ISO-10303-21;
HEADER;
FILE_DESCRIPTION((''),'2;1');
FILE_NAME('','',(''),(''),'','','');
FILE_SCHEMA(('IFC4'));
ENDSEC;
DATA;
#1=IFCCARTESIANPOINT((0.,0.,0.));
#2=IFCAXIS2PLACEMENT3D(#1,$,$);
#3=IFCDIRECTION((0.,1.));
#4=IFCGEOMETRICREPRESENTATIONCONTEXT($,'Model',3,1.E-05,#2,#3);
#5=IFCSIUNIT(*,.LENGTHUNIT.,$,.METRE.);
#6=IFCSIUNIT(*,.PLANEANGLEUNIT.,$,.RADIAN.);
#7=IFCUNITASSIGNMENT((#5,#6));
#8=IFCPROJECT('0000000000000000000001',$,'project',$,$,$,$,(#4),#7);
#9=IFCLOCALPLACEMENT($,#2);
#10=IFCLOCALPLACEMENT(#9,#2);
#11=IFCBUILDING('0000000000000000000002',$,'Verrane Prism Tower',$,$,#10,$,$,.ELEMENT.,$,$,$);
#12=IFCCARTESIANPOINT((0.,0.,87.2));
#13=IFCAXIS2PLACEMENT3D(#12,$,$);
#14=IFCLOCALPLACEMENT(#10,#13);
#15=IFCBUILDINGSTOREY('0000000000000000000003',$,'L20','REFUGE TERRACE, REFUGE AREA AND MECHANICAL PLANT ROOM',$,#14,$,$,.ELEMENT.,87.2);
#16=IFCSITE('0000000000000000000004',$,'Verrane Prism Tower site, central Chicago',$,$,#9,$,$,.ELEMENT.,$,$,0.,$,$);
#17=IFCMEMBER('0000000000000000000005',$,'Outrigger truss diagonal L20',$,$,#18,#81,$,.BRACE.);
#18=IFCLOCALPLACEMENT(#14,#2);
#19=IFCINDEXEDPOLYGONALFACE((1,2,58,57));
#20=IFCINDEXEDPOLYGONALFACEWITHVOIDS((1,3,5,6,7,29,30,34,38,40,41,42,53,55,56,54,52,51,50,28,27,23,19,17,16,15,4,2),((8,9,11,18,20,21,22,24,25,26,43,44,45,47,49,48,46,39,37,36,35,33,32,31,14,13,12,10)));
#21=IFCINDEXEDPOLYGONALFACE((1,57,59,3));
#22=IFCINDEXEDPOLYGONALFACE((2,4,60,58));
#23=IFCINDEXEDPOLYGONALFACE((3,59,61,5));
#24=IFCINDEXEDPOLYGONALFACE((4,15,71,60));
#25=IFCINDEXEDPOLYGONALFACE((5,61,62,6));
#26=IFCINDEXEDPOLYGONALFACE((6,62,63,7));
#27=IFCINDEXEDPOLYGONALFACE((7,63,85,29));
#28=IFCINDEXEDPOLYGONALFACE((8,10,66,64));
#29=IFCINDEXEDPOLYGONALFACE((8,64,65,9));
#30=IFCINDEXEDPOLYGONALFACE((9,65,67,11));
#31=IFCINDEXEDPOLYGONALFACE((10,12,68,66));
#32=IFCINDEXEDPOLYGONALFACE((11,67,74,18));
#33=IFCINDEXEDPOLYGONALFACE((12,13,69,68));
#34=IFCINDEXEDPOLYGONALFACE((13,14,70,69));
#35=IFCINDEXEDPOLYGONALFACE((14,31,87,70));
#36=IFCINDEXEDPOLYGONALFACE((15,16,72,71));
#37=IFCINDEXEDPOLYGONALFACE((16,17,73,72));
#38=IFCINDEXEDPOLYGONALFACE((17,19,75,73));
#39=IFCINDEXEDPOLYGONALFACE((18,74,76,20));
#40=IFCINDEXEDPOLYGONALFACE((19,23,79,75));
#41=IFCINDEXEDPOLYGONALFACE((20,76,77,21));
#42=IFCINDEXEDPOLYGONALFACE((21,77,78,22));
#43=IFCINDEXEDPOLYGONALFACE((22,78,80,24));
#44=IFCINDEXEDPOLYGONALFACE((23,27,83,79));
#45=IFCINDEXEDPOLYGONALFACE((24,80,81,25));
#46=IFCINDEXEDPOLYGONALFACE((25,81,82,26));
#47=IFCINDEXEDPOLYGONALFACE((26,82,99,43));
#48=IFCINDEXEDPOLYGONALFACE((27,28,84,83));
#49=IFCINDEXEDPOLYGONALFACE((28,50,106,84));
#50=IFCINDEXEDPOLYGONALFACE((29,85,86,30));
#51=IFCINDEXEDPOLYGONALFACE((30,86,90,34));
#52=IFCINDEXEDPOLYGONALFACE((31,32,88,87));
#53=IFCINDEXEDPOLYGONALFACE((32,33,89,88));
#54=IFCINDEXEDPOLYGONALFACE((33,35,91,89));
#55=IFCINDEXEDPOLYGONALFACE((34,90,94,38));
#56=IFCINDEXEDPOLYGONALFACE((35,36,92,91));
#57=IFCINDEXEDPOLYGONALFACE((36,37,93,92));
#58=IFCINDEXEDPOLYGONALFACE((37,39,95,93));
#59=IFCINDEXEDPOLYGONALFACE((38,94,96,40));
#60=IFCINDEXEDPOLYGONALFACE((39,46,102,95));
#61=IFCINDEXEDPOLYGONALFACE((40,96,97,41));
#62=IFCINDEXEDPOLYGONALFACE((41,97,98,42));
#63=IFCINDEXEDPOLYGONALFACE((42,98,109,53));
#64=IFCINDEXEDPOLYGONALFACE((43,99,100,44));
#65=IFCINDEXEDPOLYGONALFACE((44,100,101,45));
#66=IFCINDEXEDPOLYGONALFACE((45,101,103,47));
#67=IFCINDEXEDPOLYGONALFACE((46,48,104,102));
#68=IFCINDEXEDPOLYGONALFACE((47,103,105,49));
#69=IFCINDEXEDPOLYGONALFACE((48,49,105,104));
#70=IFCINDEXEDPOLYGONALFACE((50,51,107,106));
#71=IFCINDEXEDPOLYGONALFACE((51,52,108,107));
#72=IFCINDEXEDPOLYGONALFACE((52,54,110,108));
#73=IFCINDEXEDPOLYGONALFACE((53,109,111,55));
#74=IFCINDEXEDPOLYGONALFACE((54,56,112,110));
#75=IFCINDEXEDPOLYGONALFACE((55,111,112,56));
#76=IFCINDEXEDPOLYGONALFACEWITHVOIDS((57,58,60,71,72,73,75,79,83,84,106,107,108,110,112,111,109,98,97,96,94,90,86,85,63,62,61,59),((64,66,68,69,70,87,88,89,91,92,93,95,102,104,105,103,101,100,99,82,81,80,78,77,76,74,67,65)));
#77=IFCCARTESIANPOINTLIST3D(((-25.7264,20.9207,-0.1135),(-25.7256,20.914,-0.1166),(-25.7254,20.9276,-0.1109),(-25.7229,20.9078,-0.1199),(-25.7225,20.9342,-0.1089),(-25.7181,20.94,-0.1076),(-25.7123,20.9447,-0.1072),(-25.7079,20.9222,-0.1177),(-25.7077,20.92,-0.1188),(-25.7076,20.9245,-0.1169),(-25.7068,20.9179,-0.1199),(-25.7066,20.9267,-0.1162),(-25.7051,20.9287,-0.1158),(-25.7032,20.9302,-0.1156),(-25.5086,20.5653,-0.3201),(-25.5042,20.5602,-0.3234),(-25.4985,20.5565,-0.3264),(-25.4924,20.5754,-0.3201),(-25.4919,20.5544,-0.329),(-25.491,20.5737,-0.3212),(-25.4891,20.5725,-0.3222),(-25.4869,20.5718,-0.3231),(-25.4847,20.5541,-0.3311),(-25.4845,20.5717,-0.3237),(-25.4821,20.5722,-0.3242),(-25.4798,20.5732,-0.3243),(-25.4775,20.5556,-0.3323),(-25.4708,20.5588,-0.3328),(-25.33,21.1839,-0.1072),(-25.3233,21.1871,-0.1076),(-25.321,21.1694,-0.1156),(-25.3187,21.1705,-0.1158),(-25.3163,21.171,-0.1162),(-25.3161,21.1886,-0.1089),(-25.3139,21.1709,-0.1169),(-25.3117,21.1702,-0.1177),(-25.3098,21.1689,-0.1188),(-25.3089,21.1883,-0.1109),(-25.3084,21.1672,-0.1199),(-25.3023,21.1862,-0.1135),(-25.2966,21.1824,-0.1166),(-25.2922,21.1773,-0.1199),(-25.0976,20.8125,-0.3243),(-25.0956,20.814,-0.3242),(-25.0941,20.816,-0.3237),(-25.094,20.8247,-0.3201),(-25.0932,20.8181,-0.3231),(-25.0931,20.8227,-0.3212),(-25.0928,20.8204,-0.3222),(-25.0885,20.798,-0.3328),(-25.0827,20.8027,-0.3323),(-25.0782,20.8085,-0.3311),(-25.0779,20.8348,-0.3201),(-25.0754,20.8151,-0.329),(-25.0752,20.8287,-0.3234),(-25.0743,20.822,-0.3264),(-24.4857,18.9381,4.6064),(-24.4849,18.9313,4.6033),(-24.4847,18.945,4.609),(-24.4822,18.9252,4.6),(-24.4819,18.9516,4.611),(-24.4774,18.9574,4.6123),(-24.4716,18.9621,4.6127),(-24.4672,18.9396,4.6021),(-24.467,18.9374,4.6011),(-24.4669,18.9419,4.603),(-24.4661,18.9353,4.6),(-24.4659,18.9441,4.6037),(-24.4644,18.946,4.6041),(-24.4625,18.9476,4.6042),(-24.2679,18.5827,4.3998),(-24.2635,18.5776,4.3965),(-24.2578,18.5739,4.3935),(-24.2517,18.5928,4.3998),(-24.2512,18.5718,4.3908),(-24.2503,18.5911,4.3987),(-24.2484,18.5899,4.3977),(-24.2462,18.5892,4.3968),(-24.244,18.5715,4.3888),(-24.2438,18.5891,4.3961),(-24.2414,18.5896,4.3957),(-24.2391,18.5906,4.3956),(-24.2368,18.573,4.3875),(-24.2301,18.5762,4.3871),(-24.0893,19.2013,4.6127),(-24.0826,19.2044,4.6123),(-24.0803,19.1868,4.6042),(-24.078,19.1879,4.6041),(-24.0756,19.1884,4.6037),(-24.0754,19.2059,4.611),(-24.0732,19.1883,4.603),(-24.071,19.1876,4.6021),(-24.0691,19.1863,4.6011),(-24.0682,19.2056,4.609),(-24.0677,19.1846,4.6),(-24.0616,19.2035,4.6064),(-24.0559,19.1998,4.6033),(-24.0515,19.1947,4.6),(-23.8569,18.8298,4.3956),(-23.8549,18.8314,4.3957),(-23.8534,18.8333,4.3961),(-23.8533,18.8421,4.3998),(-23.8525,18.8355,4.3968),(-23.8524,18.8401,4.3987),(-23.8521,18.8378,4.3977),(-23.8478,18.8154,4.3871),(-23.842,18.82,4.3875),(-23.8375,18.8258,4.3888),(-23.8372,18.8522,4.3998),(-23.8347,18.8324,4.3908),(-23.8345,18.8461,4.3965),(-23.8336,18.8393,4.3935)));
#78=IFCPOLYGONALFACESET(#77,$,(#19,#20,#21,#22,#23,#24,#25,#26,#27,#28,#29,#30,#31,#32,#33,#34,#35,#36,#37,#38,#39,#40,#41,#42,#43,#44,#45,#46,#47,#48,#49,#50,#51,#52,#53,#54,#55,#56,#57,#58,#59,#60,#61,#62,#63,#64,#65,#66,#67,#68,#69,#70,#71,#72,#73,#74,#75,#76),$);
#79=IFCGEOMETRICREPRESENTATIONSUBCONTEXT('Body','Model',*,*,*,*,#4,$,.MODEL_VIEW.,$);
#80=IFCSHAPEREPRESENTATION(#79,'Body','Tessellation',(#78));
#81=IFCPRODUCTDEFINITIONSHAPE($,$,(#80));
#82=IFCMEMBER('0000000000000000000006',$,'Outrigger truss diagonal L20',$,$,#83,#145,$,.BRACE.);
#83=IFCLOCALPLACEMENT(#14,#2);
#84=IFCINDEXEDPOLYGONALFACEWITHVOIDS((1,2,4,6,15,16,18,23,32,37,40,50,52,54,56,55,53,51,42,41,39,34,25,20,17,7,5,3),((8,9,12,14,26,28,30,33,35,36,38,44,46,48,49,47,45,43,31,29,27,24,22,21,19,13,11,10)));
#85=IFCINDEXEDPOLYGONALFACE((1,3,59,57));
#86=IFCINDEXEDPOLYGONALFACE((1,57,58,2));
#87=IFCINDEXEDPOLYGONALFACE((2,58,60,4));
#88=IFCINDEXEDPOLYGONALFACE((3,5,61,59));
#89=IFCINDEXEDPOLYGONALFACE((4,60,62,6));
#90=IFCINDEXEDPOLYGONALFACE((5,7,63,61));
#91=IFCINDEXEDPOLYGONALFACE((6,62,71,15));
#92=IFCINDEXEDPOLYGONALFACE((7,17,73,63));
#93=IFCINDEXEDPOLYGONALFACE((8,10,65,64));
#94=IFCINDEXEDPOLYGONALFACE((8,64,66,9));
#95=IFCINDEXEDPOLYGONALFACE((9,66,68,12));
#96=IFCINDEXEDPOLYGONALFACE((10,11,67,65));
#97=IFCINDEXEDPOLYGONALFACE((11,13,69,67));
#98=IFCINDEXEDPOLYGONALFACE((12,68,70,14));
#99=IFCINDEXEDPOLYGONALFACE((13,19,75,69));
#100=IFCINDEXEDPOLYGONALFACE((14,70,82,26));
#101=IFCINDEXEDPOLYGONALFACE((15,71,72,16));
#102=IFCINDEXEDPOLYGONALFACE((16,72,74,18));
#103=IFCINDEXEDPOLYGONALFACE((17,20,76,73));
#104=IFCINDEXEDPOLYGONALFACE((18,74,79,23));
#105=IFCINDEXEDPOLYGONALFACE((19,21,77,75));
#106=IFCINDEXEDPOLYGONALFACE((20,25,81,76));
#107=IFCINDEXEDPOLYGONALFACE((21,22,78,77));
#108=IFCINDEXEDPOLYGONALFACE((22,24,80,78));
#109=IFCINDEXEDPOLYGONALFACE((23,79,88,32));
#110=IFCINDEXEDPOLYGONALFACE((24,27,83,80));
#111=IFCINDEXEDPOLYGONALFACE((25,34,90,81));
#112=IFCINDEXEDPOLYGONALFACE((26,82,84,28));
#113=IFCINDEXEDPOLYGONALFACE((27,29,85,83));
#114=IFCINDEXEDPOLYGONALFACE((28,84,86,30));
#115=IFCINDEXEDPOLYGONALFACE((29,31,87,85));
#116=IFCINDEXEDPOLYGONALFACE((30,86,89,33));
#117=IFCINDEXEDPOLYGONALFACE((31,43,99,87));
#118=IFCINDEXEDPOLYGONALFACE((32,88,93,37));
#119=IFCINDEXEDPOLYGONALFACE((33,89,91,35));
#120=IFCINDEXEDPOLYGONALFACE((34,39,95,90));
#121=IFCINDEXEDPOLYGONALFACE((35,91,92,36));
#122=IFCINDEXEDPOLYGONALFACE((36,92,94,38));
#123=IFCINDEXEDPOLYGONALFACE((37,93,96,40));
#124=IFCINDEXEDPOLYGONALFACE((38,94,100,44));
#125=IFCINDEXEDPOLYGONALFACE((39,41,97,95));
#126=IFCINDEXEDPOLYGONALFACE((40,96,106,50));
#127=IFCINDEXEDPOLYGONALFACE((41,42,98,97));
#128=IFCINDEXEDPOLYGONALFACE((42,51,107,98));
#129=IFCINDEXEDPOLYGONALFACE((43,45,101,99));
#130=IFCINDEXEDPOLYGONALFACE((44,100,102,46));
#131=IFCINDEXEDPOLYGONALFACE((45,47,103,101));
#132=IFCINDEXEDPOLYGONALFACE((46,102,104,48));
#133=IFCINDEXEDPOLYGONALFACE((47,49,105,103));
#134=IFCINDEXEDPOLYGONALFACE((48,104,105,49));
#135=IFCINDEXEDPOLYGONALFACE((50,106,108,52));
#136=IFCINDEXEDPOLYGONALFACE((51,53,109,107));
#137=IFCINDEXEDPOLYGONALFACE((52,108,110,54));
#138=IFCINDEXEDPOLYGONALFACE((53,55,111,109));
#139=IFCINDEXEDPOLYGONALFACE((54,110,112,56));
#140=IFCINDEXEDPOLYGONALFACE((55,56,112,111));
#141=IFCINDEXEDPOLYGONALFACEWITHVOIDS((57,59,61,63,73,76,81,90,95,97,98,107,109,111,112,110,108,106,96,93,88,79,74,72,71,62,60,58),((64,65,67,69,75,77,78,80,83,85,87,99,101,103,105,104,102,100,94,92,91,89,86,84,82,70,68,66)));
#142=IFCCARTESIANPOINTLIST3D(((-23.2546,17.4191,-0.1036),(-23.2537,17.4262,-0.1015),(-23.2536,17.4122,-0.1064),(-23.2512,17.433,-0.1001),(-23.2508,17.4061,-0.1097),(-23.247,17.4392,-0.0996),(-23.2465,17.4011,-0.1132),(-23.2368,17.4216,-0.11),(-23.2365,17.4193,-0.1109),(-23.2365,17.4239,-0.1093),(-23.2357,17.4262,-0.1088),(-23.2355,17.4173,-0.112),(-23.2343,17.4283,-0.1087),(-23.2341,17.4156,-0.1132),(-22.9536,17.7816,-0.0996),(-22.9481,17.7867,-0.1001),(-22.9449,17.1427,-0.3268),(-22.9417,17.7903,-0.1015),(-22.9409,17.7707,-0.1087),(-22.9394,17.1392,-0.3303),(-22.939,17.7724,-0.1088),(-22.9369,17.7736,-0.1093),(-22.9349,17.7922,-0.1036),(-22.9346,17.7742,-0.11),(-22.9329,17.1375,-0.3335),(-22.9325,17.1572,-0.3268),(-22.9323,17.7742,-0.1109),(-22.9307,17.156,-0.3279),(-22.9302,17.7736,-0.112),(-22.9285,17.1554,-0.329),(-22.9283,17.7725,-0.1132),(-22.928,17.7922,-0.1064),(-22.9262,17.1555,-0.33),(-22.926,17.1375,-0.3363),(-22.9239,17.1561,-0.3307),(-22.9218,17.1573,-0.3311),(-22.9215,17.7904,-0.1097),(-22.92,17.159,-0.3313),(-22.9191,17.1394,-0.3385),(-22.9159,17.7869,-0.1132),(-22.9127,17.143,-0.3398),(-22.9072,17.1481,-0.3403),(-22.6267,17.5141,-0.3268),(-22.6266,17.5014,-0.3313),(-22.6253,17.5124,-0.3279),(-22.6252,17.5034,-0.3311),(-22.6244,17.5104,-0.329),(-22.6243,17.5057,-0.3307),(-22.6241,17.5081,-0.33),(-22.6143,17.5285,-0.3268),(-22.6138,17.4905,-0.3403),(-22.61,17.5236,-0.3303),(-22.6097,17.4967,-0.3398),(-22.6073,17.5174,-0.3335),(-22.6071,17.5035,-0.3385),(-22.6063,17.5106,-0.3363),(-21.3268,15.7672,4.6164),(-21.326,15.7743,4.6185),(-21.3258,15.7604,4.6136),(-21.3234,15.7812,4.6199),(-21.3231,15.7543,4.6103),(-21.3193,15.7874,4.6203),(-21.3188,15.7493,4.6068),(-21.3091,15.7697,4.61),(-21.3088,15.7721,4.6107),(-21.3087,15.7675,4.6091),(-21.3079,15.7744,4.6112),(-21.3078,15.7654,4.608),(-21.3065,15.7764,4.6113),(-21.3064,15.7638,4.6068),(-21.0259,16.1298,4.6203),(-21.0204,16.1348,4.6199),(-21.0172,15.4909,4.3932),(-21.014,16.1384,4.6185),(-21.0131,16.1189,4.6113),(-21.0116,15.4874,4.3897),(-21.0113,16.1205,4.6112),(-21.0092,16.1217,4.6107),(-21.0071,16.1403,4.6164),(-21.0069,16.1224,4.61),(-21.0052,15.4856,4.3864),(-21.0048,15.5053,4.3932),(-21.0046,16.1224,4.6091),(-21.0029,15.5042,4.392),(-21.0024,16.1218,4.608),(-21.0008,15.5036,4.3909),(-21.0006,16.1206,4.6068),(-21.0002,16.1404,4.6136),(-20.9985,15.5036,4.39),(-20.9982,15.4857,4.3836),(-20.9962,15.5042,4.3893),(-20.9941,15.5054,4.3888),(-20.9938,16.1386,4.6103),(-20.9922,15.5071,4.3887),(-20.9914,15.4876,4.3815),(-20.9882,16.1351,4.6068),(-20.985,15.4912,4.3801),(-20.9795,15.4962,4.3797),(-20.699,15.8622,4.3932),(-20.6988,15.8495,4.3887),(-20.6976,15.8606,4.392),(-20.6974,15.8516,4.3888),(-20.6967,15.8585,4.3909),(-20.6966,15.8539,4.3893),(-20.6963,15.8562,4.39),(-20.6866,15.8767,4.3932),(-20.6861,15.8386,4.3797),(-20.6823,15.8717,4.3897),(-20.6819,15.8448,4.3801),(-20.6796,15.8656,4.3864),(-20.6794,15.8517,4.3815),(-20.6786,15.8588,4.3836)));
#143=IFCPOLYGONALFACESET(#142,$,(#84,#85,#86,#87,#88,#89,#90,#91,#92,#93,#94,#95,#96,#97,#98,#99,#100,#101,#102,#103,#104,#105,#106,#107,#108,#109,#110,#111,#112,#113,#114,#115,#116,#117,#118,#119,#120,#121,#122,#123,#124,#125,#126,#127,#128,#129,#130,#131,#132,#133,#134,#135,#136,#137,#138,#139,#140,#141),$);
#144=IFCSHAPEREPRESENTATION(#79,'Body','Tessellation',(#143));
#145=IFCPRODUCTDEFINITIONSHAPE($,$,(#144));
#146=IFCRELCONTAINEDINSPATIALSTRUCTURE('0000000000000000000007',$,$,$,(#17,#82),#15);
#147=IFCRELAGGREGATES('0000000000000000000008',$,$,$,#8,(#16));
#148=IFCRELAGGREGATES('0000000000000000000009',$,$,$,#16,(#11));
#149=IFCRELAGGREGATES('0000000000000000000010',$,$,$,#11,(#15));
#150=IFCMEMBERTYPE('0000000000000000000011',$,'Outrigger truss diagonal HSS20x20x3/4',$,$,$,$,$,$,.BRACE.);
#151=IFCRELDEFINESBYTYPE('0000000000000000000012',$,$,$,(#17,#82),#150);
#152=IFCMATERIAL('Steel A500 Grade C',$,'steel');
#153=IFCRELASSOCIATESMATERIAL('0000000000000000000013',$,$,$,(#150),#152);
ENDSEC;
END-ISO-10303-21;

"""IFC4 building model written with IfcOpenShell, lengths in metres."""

from ifc_helpers import new_model, si_unit, direction, frame, origin, origin_2d, place, context, subcontext, project, spatial, hollow_rectangle, extrude, material, material_profile, profile_set, type_object, element, save


model = new_model("IFC4")

# Units and contexts
model_context = context("Model", 3, precision=1e-05, world=origin(), true_north=direction((0.0, 1.0)))
body_context = subcontext(model_context, "Body", "Model", "MODEL_VIEW")
ifc_project = project(units=[si_unit("LENGTHUNIT", "METRE"), si_unit("PLANEANGLEUNIT", "RADIAN")], contexts=[model_context])

# Site, building, storey
site_placement = place(None, origin())
site = spatial("IfcSite", under=ifc_project, at=site_placement, Name="Verrane Prism Tower site, central Chicago", CompositionType="ELEMENT", RefElevation=0.0)
building_placement = place(site_placement, origin())
building = spatial("IfcBuilding", under=site, at=building_placement, Name="Verrane Prism Tower", CompositionType="ELEMENT")
storey_placement = place(building_placement, frame((0.0, 0.0, 87.2)))
storey = spatial("IfcBuildingStorey", under=building, at=storey_placement, Name="L20", Description="REFUGE TERRACE, REFUGE AREA AND MECHANICAL PLANT ROOM", CompositionType="ELEMENT", Elevation=87.2)

# Members
ifc_material_1 = material(Name="Steel A500 Grade C", Category="steel")
ifc_material_profile_1 = material_profile(ifc_material_1, hollow_rectangle(XDim=0.5081, YDim=0.5081, WallThickness=0.019, InnerFilletRadius=0.0095, OuterFilletRadius=0.0286, at=origin_2d()), Name="HSS20x20x3/4")
ifc_profile_set_1 = profile_set([ifc_material_profile_1], Name="Steel A500 Grade C")
member_type_1 = type_object("IfcMemberType", Name="Outrigger truss diagonal HSS20x20x3/4", PredefinedType="BRACE", material=ifc_profile_set_1)
member_1_placement = place(storey_placement, frame((-25.4004, 20.8713, -0.22), z_axis=(0.235535, -0.376383, 0.896024), x_axis=(0.847699, 0.530477, 0.0)))
element("IfcMember", 1, at=member_1_placement, inside=storey, type_object=member_type_1, Name="Outrigger truss diagonal L20", PredefinedType="BRACE", context=body_context, shape_type="SweptSolid", body=[
    extrude(hollow_rectangle(XDim=0.5081, YDim=0.5081, WallThickness=0.019, InnerFilletRadius=0.0095, OuterFilletRadius=0.0286, at=origin_2d()), origin(), (0.0, 0.0, 1.0), 5.2676),
])
member_2_placement = place(storey_placement, frame((-22.9304, 17.4648, -0.22), z_axis=(0.359694, -0.308218, 0.880694), x_axis=(0.65068, 0.759352, 0.0)))
element("IfcMember", 2, at=member_2_placement, inside=storey, type_object=member_type_1, Name="Outrigger truss diagonal L20", PredefinedType="BRACE", context=body_context, shape_type="SweptSolid", body=[
    extrude(hollow_rectangle(XDim=0.5081, YDim=0.5081, WallThickness=0.019, InnerFilletRadius=0.0095, OuterFilletRadius=0.0286, at=origin_2d()), origin(), (0.0, 0.0, 1.0), 5.3594),
])

save(model, "model.ifc")
